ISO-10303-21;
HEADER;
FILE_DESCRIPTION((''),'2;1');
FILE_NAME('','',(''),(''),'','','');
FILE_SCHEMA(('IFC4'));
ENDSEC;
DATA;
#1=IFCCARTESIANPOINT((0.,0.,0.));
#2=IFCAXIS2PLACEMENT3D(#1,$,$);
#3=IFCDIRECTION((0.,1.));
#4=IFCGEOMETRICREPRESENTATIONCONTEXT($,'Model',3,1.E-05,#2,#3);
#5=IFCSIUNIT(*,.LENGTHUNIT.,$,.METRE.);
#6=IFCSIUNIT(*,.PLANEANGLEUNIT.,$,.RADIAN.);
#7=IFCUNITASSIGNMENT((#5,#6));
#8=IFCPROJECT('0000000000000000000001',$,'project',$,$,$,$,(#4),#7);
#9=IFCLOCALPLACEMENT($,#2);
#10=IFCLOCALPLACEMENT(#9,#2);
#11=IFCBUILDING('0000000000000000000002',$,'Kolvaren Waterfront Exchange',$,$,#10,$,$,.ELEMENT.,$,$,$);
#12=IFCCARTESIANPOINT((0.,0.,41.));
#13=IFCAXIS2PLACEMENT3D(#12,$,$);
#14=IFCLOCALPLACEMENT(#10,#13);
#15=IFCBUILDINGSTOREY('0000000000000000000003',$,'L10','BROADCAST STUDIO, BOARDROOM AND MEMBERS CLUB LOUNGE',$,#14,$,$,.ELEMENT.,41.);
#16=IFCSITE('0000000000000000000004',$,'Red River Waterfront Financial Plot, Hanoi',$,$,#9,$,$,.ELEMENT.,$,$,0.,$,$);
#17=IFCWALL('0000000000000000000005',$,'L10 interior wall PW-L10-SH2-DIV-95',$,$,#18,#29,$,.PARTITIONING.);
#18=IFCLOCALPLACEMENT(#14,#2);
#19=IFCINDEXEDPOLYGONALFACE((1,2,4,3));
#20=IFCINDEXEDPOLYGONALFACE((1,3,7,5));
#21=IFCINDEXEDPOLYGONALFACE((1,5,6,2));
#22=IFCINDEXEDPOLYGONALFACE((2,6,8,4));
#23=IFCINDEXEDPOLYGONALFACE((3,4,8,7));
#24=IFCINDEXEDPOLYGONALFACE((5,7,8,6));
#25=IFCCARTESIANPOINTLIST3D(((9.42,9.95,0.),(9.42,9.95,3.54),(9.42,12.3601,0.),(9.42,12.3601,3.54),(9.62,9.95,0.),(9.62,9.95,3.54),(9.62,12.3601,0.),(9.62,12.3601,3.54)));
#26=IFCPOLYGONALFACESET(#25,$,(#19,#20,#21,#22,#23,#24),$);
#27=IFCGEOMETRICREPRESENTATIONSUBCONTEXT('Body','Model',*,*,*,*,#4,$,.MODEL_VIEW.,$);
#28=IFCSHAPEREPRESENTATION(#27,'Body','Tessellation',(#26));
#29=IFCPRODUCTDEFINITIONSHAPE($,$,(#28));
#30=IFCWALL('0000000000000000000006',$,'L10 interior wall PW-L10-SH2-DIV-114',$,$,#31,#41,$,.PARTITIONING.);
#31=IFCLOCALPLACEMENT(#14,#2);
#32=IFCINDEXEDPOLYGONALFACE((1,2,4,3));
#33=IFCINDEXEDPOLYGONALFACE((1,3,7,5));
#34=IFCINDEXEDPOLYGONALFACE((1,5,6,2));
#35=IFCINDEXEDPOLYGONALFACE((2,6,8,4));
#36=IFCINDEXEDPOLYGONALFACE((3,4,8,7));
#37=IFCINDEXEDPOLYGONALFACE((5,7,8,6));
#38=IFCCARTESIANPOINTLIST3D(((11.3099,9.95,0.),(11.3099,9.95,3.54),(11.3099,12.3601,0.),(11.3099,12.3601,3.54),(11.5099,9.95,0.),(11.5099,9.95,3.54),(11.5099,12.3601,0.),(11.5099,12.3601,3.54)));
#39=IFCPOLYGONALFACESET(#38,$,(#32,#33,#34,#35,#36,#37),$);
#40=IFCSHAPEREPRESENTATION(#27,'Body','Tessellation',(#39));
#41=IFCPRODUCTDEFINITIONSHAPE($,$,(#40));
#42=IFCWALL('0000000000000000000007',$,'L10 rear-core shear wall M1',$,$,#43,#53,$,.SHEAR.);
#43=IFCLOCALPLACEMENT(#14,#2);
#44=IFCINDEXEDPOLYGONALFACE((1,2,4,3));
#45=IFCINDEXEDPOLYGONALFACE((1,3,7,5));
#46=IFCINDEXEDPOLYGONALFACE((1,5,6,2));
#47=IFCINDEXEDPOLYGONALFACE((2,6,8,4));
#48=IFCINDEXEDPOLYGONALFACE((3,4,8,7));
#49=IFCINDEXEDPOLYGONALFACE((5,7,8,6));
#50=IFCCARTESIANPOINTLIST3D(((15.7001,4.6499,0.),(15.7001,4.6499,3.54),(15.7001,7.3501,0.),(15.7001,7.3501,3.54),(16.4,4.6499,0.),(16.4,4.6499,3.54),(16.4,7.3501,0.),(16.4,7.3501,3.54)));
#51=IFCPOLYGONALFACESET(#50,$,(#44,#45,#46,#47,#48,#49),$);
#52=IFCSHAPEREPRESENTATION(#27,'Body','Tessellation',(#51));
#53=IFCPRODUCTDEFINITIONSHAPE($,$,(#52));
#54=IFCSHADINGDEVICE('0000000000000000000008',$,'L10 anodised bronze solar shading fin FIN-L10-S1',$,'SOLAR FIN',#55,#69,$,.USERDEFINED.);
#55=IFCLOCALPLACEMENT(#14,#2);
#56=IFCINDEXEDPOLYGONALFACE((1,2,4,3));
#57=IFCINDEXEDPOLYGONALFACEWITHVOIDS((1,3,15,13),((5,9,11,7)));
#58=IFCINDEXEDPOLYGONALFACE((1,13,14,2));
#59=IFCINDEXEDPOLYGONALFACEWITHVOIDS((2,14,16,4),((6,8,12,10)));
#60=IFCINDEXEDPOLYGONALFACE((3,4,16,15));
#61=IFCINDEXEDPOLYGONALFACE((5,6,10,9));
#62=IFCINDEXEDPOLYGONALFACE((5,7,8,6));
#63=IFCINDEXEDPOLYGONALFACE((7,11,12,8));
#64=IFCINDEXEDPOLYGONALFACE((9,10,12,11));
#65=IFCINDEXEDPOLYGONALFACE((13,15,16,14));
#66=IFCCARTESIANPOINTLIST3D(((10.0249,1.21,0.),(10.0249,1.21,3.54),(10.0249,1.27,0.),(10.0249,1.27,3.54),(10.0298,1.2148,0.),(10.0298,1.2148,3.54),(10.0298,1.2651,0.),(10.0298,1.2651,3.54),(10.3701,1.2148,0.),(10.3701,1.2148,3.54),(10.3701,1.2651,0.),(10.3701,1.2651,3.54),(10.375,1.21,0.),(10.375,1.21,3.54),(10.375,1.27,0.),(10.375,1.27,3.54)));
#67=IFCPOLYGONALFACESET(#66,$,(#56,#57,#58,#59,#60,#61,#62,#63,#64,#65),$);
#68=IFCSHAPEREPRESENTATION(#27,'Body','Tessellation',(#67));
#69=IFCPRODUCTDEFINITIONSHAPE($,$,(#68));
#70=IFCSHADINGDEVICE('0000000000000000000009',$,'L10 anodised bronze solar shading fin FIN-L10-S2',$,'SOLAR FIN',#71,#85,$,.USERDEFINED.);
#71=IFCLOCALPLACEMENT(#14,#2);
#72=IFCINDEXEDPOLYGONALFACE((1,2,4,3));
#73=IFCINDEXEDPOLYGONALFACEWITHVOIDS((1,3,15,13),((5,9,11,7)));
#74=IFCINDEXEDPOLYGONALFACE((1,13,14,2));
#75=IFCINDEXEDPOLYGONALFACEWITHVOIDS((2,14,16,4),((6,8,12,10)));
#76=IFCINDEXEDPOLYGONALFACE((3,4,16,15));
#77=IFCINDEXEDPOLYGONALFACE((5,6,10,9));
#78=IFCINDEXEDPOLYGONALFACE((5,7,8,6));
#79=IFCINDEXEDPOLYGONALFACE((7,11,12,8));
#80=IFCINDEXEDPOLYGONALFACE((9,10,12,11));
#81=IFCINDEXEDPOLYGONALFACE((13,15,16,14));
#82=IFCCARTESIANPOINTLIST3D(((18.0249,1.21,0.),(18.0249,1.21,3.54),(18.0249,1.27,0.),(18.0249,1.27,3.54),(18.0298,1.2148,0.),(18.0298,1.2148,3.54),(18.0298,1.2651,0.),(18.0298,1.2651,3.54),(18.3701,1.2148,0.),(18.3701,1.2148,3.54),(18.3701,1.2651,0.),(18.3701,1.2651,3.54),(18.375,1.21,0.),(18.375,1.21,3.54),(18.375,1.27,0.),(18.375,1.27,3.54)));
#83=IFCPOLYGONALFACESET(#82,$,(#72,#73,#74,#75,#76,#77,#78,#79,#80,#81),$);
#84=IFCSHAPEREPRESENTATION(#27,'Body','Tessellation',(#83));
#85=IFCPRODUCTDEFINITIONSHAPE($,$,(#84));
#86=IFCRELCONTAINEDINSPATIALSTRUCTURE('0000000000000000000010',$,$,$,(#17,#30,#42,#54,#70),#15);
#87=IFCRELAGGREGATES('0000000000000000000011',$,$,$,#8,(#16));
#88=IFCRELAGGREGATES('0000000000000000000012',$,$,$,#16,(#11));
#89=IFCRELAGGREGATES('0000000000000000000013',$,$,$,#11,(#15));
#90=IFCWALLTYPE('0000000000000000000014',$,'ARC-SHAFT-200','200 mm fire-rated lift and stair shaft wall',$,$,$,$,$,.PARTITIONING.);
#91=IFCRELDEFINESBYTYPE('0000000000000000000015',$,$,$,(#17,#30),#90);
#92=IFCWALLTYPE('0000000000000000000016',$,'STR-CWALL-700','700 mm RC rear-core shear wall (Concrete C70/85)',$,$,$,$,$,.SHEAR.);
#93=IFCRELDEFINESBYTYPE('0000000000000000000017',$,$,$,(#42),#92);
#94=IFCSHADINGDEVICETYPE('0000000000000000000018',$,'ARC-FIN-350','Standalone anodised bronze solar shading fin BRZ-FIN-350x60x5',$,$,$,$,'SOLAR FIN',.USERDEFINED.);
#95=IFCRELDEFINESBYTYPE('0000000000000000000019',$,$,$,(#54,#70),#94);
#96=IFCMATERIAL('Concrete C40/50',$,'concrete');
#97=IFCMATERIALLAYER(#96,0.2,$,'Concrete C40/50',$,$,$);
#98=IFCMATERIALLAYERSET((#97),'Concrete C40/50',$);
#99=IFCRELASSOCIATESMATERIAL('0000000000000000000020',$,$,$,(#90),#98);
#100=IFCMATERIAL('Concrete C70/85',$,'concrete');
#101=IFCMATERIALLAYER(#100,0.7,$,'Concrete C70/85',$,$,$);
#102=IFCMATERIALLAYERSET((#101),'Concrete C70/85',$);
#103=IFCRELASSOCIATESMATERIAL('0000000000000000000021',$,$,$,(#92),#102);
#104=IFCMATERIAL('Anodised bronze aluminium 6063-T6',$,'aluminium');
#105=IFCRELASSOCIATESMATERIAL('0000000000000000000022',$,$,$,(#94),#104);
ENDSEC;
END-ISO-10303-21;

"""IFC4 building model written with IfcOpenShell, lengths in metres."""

from ifc_helpers import new_model, si_unit, direction, frame, frame_2d, origin, origin_2d, place, context, subcontext, project, spatial, rectangle, hollow_rectangle, extrude, material, layer, layer_set, material_profile, profile_set, type_object, element, save


model = new_model("IFC4")

# Units and contexts
model_context = context("Model", 3, precision=1e-05, world=origin(), true_north=direction((0.0, 1.0)))
body_context = subcontext(model_context, "Body", "Model", "MODEL_VIEW")
ifc_project = project(units=[si_unit("LENGTHUNIT", "METRE"), si_unit("PLANEANGLEUNIT", "RADIAN")], contexts=[model_context])

# Site, building, storey
site_placement = place(None, origin())
site = spatial("IfcSite", under=ifc_project, at=site_placement, Name="Red River Waterfront Financial Plot, Hanoi", CompositionType="ELEMENT", RefElevation=0.0)
building_placement = place(site_placement, origin())
building = spatial("IfcBuilding", under=site, at=building_placement, Name="Kolvaren Waterfront Exchange", CompositionType="ELEMENT")
storey_placement = place(building_placement, frame((0.0, 0.0, 41.0)))
storey = spatial("IfcBuildingStorey", under=building, at=storey_placement, Name="L10", Description="BROADCAST STUDIO, BOARDROOM AND MEMBERS CLUB LOUNGE", CompositionType="ELEMENT", Elevation=41.0)

# Shared definitions
ifc_material_1 = material(Name="Concrete C70/85", Category="concrete")

# Shared definitions
ifc_material_2 = material(Name="Anodised bronze aluminium 6063-T6", Category="aluminium")

# Walls
ifc_material_3 = material(Name="Concrete C40/50", Category="concrete")
ifc_layer_1 = layer(ifc_material_3, 0.2, Name="Concrete C40/50")
ifc_layer_set_1 = layer_set([ifc_layer_1], Name="Concrete C40/50")
wall_type_1 = type_object("IfcWallType", Name="ARC-SHAFT-200", Description="200 mm fire-rated lift and stair shaft wall", PredefinedType="PARTITIONING", material=ifc_layer_set_1)
for number, where, z_axis, x_axis, name in (
    (1, (9.52, 9.95, 0.0), (0.0, 0.0, 1.0), (0.0, 1.0, 0.0), "L10 interior wall PW-L10-SH2-DIV-95"),
    (2, (11.4099, 9.95, 0.0), (0.0, 0.0, 1.0), (0.0, 1.0, 0.0), "L10 interior wall PW-L10-SH2-DIV-114"),
):
    element("IfcWall", number, at=place(storey_placement, frame(where, z_axis=z_axis, x_axis=x_axis)), inside=storey, type_object=wall_type_1, Name=name, PredefinedType="PARTITIONING", context=body_context, shape_type="SweptSolid", body=[
        extrude(rectangle(XDim=2.4102, YDim=0.2, at=frame_2d((1.2051, 0.0))), origin(), (0.0, 0.0, 1.0), 3.54),
    ])
ifc_layer_2 = layer(ifc_material_1, 0.7, Name="Concrete C70/85")
ifc_layer_set_2 = layer_set([ifc_layer_2], Name="Concrete C70/85")
wall_type_2 = type_object("IfcWallType", Name="STR-CWALL-700", Description="700 mm RC rear-core shear wall (Concrete C70/85)", PredefinedType="SHEAR", material=ifc_layer_set_2)
wall_1_placement = place(storey_placement, frame((16.05, 4.6499, 0.0), z_axis=(0.0, 0.0, 1.0), x_axis=(0.0, 1.0, 0.0)))
element("IfcWall", 3, at=wall_1_placement, inside=storey, type_object=wall_type_2, Name="L10 rear-core shear wall M1", PredefinedType="SHEAR", context=body_context, shape_type="SweptSolid", body=[
    extrude(rectangle(XDim=2.7002, YDim=0.7, at=frame_2d((1.3501, 0.0))), origin(), (0.0, 0.0, 1.0), 3.54),
])

# Shading devices
ifc_material_profile_1 = material_profile(ifc_material_2, hollow_rectangle(XDim=0.0601, YDim=0.3501, WallThickness=0.0049, at=origin_2d()), Name="BRZ-FIN-350x60x5")
ifc_profile_set_1 = profile_set([ifc_material_profile_1], Name="Anodised bronze aluminium 6063-T6")
shading_device_type = type_object("IfcShadingDeviceType", Name="ARC-FIN-350", Description="Standalone anodised bronze solar shading fin BRZ-FIN-350x60x5", ElementType="SOLAR FIN", PredefinedType="USERDEFINED", material=ifc_profile_set_1)
for number, where, z_axis, x_axis, name in (
    (4, (10.2, 1.24, 0.0), (0.0, 0.0, 1.0), (0.0, -1.0, 0.0), "L10 anodised bronze solar shading fin FIN-L10-S1"),
    (5, (18.2, 1.24, 0.0), (0.0, 0.0, 1.0), (0.0, -1.0, 0.0), "L10 anodised bronze solar shading fin FIN-L10-S2"),
):
    element("IfcShadingDevice", number, at=place(storey_placement, frame(where, z_axis=z_axis, x_axis=x_axis)), inside=storey, type_object=shading_device_type, Name=name, ObjectType="SOLAR FIN", PredefinedType="USERDEFINED", context=body_context, shape_type="SweptSolid", body=[
        extrude(hollow_rectangle(XDim=0.0601, YDim=0.3501, WallThickness=0.0049, at=origin_2d()), origin(), (0.0, 0.0, 1.0), 3.54),
    ])

save(model, "model.ifc")
